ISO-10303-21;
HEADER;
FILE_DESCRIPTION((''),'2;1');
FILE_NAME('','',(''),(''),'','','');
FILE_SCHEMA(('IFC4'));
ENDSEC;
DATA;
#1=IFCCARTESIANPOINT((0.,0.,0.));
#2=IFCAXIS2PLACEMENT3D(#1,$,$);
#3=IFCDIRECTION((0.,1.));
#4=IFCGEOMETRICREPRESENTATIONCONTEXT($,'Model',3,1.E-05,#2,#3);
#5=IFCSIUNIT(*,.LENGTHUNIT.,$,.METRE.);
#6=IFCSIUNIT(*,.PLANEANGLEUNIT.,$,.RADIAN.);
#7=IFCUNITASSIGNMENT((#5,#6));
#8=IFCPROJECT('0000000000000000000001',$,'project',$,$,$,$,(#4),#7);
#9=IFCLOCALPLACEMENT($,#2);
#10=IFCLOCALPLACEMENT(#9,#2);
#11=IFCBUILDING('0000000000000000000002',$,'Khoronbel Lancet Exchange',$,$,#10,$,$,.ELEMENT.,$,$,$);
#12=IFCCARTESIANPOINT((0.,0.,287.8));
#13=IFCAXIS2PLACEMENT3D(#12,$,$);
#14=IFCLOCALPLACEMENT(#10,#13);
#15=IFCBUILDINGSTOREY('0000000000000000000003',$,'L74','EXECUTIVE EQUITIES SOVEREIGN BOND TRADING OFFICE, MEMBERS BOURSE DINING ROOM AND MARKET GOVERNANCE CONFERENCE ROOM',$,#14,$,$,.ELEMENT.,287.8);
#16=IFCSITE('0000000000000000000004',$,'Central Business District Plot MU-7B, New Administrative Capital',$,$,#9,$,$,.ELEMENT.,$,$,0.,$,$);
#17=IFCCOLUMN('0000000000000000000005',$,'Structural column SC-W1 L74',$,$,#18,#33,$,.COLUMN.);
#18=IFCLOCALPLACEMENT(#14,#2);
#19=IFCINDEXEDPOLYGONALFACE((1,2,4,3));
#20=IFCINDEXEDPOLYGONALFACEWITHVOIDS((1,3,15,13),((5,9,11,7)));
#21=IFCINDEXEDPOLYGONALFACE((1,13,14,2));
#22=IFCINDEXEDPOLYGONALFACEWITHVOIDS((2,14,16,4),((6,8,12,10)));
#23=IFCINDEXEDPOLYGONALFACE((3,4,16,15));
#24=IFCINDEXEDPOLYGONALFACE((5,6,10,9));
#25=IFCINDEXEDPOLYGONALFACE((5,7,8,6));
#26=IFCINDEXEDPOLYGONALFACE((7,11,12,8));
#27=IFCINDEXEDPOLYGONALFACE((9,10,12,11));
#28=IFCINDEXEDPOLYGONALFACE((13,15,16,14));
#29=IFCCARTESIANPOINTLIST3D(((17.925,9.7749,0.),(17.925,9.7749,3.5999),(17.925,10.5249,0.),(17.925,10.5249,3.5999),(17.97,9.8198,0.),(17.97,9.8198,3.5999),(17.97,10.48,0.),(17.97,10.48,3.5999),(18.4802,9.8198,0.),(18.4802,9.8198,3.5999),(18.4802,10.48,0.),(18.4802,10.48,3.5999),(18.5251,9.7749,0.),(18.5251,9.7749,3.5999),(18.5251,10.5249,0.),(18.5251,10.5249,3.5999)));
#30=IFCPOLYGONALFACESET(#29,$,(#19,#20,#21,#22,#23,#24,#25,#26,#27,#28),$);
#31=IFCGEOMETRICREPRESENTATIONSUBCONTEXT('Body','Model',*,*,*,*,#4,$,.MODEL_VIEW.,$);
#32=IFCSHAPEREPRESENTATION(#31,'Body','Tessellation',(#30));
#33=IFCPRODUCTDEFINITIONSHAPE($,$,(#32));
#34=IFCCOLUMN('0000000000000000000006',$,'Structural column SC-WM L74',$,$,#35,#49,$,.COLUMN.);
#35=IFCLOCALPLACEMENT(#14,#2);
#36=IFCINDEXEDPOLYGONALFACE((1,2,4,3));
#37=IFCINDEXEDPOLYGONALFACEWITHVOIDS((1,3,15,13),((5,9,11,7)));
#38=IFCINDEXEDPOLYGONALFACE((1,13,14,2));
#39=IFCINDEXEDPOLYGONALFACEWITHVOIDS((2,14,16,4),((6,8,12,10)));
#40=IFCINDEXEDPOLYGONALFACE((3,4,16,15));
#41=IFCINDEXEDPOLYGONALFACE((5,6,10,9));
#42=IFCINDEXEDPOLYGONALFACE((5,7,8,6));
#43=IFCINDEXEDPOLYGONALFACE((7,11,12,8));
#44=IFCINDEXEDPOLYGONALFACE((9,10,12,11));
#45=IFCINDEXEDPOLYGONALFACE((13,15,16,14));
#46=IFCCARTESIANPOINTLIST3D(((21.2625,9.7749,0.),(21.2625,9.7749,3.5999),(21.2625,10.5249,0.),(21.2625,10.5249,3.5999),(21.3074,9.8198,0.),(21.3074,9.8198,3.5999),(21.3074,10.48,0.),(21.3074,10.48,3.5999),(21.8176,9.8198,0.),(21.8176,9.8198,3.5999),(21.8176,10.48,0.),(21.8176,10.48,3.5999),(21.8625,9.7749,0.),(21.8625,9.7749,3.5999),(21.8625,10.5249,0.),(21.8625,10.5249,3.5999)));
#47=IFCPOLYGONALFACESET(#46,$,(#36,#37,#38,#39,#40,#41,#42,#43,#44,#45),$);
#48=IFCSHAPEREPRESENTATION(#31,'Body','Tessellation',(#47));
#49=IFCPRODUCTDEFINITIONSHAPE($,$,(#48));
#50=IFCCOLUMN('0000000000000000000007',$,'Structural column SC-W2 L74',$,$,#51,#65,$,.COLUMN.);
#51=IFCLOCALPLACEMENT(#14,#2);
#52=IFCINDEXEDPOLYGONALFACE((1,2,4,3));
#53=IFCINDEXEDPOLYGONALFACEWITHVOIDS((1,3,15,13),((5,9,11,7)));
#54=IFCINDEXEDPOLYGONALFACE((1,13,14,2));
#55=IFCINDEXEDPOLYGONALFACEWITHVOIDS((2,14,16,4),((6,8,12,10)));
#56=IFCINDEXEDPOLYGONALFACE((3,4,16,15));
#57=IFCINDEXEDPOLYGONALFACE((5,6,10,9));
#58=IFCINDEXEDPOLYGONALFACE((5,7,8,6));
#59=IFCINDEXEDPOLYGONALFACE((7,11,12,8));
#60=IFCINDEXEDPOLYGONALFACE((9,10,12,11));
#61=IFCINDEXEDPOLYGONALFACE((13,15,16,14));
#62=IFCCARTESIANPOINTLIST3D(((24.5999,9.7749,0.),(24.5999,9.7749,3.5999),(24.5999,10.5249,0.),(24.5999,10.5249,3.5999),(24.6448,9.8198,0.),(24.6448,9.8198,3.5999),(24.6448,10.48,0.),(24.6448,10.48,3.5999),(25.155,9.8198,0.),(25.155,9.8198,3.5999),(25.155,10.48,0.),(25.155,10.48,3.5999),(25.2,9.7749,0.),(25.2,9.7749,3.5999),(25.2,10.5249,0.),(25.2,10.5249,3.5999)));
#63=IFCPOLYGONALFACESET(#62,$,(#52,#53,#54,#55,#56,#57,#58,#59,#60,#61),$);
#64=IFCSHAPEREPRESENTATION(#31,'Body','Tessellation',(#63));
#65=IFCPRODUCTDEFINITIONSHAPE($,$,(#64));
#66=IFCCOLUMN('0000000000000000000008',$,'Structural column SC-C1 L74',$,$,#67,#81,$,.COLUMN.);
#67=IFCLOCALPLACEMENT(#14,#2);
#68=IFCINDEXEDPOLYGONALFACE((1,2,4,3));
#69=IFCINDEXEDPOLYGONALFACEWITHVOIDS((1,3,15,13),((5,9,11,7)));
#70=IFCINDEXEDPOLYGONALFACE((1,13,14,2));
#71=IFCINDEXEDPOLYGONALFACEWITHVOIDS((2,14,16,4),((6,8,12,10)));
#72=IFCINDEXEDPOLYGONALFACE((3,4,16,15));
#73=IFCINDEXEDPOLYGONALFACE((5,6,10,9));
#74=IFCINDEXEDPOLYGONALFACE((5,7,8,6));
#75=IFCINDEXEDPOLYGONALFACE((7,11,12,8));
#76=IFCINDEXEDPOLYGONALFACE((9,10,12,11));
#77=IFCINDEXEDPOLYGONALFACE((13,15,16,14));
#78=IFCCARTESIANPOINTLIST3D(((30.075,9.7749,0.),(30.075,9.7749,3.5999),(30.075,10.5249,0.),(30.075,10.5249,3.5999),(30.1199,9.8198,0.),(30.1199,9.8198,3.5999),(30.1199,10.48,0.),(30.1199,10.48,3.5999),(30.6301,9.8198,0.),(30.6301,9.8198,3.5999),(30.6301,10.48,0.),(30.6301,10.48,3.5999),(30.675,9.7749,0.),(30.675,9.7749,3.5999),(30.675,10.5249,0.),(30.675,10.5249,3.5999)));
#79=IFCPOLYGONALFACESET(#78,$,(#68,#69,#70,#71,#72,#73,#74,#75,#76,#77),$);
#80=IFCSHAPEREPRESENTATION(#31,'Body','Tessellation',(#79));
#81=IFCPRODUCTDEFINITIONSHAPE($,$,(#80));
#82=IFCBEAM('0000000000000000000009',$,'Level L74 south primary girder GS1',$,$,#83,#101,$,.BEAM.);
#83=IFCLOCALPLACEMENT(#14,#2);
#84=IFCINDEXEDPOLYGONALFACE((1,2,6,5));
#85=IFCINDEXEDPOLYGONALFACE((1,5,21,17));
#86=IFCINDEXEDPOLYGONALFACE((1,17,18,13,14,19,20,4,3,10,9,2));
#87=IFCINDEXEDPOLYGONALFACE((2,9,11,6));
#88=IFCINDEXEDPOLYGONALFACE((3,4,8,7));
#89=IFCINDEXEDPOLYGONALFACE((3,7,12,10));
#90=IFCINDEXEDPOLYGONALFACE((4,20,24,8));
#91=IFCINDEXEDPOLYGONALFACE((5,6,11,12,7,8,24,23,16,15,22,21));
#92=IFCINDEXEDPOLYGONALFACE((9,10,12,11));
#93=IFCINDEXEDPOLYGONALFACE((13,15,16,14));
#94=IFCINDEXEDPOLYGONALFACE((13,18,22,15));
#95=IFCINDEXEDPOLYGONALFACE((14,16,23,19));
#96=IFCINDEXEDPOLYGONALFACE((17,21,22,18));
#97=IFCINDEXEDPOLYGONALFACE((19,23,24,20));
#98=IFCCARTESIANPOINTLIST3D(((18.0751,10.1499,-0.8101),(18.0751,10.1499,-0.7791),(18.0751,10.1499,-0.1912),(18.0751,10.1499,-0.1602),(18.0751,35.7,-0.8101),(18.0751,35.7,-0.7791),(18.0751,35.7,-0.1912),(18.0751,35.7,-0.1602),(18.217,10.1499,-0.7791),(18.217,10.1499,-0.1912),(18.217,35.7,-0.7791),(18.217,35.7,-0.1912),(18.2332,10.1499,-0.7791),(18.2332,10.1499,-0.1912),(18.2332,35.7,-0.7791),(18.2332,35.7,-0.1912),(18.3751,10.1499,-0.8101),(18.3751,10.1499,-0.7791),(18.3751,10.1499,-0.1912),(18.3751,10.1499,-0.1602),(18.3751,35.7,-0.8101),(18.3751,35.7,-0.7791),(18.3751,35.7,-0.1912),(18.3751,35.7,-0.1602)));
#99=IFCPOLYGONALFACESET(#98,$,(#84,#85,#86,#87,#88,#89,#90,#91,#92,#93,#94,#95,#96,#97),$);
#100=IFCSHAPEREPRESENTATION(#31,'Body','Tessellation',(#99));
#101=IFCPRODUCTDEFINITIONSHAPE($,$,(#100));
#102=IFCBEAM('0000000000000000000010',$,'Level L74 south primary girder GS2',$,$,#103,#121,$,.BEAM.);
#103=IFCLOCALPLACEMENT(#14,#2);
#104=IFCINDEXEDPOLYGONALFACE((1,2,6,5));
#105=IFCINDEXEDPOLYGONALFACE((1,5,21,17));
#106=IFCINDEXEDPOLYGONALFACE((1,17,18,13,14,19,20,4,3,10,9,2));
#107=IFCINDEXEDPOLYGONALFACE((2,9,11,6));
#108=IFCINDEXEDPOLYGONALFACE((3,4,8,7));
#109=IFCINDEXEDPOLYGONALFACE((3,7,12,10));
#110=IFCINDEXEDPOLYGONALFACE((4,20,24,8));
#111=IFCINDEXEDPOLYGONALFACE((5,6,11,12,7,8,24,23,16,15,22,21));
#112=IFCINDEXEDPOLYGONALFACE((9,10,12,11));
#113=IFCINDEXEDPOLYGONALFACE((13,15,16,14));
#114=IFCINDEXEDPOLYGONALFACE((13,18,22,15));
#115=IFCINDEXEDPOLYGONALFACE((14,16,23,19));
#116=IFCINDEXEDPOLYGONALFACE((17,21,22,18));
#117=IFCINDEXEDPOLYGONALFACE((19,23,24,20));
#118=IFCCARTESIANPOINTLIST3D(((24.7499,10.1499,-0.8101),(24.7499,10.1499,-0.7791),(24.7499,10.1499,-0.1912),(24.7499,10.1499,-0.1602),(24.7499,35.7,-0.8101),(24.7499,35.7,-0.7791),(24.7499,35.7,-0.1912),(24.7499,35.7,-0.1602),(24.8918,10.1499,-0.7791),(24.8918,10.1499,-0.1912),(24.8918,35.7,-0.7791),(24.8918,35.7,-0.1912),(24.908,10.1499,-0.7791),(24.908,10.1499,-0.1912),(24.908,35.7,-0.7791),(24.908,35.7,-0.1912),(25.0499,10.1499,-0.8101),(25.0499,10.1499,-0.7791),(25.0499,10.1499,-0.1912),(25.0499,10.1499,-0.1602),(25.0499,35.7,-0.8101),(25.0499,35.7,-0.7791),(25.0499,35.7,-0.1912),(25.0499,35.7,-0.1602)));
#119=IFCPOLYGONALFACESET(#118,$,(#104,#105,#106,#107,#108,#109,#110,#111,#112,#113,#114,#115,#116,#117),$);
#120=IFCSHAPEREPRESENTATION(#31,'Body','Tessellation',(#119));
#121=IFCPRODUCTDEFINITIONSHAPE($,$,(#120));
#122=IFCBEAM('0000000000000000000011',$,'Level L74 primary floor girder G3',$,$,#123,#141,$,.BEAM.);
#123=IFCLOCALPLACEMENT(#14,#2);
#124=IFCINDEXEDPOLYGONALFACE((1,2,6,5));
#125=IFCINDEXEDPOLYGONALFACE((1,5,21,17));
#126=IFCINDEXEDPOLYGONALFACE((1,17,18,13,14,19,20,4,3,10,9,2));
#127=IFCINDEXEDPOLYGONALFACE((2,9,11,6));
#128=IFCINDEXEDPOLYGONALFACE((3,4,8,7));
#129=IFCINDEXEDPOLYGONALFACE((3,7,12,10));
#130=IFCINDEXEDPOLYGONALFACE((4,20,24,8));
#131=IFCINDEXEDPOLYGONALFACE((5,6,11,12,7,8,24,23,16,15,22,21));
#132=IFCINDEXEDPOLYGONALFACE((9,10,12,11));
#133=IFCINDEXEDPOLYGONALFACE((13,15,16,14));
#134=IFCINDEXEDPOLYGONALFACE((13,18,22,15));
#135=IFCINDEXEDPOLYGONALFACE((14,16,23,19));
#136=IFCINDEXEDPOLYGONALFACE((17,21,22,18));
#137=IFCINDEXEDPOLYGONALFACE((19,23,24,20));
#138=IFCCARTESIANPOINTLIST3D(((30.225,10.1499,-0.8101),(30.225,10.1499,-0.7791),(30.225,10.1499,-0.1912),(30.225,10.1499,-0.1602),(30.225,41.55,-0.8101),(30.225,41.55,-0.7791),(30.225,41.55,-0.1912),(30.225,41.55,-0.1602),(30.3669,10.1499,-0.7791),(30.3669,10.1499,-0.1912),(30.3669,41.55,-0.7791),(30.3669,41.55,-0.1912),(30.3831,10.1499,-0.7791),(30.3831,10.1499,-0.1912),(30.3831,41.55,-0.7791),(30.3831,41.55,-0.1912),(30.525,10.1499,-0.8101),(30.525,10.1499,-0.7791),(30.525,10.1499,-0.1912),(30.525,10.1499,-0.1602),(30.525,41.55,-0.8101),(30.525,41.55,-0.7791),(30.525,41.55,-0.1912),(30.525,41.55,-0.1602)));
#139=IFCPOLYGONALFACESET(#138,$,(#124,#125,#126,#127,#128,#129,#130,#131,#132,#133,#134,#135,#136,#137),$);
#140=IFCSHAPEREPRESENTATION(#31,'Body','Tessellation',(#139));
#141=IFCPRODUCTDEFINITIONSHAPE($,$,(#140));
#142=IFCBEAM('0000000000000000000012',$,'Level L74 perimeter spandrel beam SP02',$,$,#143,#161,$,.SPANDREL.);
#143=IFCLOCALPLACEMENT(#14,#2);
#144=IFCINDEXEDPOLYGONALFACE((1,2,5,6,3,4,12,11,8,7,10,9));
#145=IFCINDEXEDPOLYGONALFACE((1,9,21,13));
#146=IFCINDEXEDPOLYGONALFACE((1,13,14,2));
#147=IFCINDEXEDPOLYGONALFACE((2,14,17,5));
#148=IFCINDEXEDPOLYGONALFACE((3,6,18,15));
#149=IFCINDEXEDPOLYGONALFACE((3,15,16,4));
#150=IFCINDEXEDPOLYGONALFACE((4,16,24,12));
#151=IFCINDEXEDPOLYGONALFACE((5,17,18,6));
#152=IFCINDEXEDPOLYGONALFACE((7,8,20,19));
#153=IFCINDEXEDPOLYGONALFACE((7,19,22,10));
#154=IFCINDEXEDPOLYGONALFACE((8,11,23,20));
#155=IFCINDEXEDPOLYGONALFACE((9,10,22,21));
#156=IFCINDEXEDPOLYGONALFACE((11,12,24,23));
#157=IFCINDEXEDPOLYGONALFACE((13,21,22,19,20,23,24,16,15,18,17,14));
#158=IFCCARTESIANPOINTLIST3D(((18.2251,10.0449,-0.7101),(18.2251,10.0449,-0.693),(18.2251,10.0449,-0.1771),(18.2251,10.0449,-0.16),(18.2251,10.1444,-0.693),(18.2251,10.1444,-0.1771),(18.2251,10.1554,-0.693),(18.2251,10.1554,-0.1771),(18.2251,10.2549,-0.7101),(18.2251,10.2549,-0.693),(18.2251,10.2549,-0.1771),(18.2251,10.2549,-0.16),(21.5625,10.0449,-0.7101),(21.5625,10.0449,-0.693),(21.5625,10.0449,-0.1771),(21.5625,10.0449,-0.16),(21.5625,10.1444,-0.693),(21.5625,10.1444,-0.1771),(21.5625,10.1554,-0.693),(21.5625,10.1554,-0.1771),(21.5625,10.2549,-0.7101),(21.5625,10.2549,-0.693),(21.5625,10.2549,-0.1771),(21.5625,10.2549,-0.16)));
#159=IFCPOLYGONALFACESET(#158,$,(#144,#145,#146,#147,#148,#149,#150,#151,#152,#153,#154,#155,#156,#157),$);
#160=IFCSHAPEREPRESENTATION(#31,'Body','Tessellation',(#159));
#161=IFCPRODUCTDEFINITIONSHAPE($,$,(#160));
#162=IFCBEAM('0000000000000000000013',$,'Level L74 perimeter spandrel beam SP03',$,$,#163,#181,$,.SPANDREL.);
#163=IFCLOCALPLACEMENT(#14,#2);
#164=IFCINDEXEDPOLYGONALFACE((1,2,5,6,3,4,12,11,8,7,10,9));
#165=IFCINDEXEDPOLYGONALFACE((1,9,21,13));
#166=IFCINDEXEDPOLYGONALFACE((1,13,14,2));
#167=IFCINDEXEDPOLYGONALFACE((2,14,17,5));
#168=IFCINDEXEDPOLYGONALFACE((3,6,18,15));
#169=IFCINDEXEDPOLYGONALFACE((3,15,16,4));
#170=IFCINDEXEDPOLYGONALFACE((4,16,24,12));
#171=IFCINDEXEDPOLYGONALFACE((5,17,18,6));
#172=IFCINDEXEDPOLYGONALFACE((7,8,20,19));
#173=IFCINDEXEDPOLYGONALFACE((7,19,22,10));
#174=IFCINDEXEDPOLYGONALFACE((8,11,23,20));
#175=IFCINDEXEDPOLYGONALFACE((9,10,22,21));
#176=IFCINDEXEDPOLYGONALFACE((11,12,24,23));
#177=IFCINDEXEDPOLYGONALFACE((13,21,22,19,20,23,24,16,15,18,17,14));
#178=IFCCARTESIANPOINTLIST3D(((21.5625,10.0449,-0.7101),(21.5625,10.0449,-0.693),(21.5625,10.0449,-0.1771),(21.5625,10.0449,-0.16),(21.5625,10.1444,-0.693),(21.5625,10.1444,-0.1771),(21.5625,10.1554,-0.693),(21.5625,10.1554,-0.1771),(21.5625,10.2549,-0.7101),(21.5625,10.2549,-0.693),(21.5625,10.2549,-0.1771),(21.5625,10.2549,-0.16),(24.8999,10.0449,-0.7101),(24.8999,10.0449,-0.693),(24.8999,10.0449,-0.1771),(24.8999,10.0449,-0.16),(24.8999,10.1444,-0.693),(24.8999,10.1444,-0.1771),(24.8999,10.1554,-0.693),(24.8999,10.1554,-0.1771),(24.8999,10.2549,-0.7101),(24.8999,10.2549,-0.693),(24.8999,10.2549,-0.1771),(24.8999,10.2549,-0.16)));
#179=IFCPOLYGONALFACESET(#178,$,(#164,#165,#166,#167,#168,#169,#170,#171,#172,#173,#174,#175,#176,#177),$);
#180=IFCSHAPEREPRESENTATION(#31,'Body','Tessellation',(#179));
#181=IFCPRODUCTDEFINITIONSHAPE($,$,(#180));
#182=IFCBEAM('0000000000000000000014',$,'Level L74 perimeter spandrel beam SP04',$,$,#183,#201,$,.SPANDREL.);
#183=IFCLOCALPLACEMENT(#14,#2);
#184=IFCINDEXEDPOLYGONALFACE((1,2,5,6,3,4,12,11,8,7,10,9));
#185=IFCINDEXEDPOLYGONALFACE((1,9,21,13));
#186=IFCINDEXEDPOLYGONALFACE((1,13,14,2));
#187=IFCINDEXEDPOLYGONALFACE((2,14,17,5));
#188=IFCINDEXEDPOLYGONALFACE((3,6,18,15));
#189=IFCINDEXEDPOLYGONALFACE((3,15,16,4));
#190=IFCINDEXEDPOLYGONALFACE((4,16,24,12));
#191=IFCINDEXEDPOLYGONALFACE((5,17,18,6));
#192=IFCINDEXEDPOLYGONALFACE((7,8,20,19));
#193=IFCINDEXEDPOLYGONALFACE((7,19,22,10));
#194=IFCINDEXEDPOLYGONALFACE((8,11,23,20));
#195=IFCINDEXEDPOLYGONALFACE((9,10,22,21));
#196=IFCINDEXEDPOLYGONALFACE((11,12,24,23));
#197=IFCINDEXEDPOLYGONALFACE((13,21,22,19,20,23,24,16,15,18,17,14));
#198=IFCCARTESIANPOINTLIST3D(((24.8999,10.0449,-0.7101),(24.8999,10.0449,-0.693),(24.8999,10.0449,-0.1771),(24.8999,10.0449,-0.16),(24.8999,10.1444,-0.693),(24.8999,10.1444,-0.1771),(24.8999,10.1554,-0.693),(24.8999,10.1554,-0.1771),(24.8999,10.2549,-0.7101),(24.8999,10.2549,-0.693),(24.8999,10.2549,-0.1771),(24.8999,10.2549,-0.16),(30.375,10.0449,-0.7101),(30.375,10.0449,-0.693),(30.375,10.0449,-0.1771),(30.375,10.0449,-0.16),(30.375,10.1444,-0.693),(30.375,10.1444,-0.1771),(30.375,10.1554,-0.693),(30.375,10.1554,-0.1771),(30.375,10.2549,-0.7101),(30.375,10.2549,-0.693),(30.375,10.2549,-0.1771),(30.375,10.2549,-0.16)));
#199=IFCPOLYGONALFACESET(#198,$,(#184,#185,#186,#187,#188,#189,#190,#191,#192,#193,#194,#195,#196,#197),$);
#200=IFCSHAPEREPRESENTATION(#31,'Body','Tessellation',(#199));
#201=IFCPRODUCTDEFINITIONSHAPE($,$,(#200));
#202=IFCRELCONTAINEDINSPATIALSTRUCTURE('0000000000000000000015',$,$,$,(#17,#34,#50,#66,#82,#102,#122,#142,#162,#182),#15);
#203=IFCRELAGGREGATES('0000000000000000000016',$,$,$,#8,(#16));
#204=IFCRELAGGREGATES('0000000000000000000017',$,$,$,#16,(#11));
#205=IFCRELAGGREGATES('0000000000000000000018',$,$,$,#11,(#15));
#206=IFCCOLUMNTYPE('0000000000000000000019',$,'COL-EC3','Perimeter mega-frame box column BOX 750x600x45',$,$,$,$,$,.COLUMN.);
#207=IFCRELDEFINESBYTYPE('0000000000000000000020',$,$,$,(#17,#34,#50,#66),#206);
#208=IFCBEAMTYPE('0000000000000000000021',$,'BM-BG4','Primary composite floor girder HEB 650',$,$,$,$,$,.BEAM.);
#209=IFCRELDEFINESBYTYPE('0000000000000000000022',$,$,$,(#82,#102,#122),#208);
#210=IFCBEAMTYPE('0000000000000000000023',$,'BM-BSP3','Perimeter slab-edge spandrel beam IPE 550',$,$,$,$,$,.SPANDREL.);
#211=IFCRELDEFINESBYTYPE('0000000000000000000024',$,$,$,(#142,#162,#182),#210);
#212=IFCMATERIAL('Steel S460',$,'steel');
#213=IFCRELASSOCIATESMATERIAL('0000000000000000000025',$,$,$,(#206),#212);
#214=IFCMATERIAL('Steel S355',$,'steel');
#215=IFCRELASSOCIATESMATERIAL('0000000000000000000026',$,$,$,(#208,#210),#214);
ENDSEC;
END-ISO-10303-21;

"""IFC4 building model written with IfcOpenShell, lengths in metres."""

from ifc_helpers import new_model, si_unit, direction, frame, origin, origin_2d, place, context, subcontext, project, spatial, hollow_rectangle, i_section, extrude, material, material_profile, profile_set, type_object, element, save


model = new_model("IFC4")

# Units and contexts
model_context = context("Model", 3, precision=1e-05, world=origin(), true_north=direction((0.0, 1.0)))
body_context = subcontext(model_context, "Body", "Model", "MODEL_VIEW")
ifc_project = project(units=[si_unit("LENGTHUNIT", "METRE"), si_unit("PLANEANGLEUNIT", "RADIAN")], contexts=[model_context])

# Site, building, storey
site_placement = place(None, origin())
site = spatial("IfcSite", under=ifc_project, at=site_placement, Name="Central Business District Plot MU-7B, New Administrative Capital", CompositionType="ELEMENT", RefElevation=0.0)
building_placement = place(site_placement, origin())
building = spatial("IfcBuilding", under=site, at=building_placement, Name="Khoronbel Lancet Exchange", CompositionType="ELEMENT")
storey_placement = place(building_placement, frame((0.0, 0.0, 287.8)))
storey = spatial("IfcBuildingStorey", under=building, at=storey_placement, Name="L74", Description="EXECUTIVE EQUITIES SOVEREIGN BOND TRADING OFFICE, MEMBERS BOURSE DINING ROOM AND MARKET GOVERNANCE CONFERENCE ROOM", CompositionType="ELEMENT", Elevation=287.8)

# Columns
ifc_material_1 = material(Name="Steel S460", Category="steel")
ifc_material_profile_1 = material_profile(ifc_material_1, hollow_rectangle(XDim=0.6001, YDim=0.75, WallThickness=0.0449, at=origin_2d()), Name="BOX 750x600x45")
ifc_profile_set_1 = profile_set([ifc_material_profile_1], Name="Steel S460")
column_type = type_object("IfcColumnType", Name="COL-EC3", Description="Perimeter mega-frame box column BOX 750x600x45", PredefinedType="COLUMN", material=ifc_profile_set_1)
for number, where, z_axis, x_axis, name in (
    (1, (18.2251, 10.1499, 0.0), (0.0, 0.0, 1.0), (1.0, 0.0, 0.0), "Structural column SC-W1 L74"),
    (2, (21.5625, 10.1499, 0.0), (0.0, 0.0, 1.0), (1.0, 0.0, 0.0), "Structural column SC-WM L74"),
    (3, (24.8999, 10.1499, 0.0), (0.0, 0.0, 1.0), (1.0, 0.0, 0.0), "Structural column SC-W2 L74"),
    (4, (30.375, 10.1499, 0.0), (0.0, 0.0, 1.0), (1.0, 0.0, 0.0), "Structural column SC-C1 L74"),
):
    element("IfcColumn", number, at=place(storey_placement, frame(where, z_axis=z_axis, x_axis=x_axis)), inside=storey, type_object=column_type, Name=name, PredefinedType="COLUMN", context=body_context, shape_type="SweptSolid", body=[
        extrude(hollow_rectangle(XDim=0.6001, YDim=0.75, WallThickness=0.0449, at=origin_2d()), origin(), (0.0, 0.0, 1.0), 3.5999),
    ])

# Beams
ifc_material_2 = material(Name="Steel S355", Category="steel")
ifc_material_profile_2 = material_profile(ifc_material_2, i_section(OverallWidth=0.3, OverallDepth=0.6499, WebThickness=0.0161, FlangeThickness=0.031, at=origin_2d()), Name="HEB 650")
ifc_profile_set_2 = profile_set([ifc_material_profile_2], Name="Steel S355")
beam_type_1 = type_object("IfcBeamType", Name="BM-BG4", Description="Primary composite floor girder HEB 650", PredefinedType="BEAM", material=ifc_profile_set_2)
for number, where, z_axis, x_axis, name in (
    (5, (18.2251, 10.1499, -0.4851), (0.0, 1.0, 0.0), (-1.0, 0.0, 0.0), "Level L74 south primary girder GS1"),
    (6, (24.8999, 10.1499, -0.4851), (0.0, 1.0, 0.0), (-1.0, 0.0, 0.0), "Level L74 south primary girder GS2"),
):
    element("IfcBeam", number, at=place(storey_placement, frame(where, z_axis=z_axis, x_axis=x_axis)), inside=storey, type_object=beam_type_1, Name=name, PredefinedType="BEAM", context=body_context, shape_type="SweptSolid", body=[
        extrude(i_section(OverallWidth=0.3, OverallDepth=0.6499, WebThickness=0.0161, FlangeThickness=0.031, at=origin_2d()), origin(), (0.0, 0.0, 1.0), 25.55),
    ])
beam_1_placement = place(storey_placement, frame((30.375, 10.1499, -0.4851), z_axis=(0.0, 1.0, 0.0), x_axis=(-1.0, 0.0, 0.0)))
element("IfcBeam", 7, at=beam_1_placement, inside=storey, type_object=beam_type_1, Name="Level L74 primary floor girder G3", PredefinedType="BEAM", context=body_context, shape_type="SweptSolid", body=[
    extrude(i_section(OverallWidth=0.3, OverallDepth=0.6499, WebThickness=0.0161, FlangeThickness=0.031, at=origin_2d()), origin(), (0.0, 0.0, 1.0), 31.4001),
])
ifc_material_profile_3 = material_profile(ifc_material_2, i_section(OverallWidth=0.21, OverallDepth=0.55, WebThickness=0.011, FlangeThickness=0.0171, at=origin_2d()), Name="IPE 550")
ifc_profile_set_3 = profile_set([ifc_material_profile_3], Name="Steel S355")
beam_type_2 = type_object("IfcBeamType", Name="BM-BSP3", Description="Perimeter slab-edge spandrel beam IPE 550", PredefinedType="SPANDREL", material=ifc_profile_set_3)
for number, where, z_axis, x_axis, name in (
    (8, (18.2251, 10.1499, -0.4351), (1.0, 0.0, 0.0), (0.0, 1.0, 0.0), "Level L74 perimeter spandrel beam SP02"),
    (9, (21.5625, 10.1499, -0.4351), (1.0, 0.0, 0.0), (0.0, 1.0, 0.0), "Level L74 perimeter spandrel beam SP03"),
):
    element("IfcBeam", number, at=place(storey_placement, frame(where, z_axis=z_axis, x_axis=x_axis)), inside=storey, type_object=beam_type_2, Name=name, PredefinedType="SPANDREL", context=body_context, shape_type="SweptSolid", body=[
        extrude(i_section(OverallWidth=0.21, OverallDepth=0.55, WebThickness=0.011, FlangeThickness=0.0171, at=origin_2d()), origin(), (0.0, 0.0, 1.0), 3.3374),
    ])
beam_2_placement = place(storey_placement, frame((24.8999, 10.1499, -0.4351), z_axis=(1.0, 0.0, 0.0), x_axis=(0.0, 1.0, 0.0)))
element("IfcBeam", 10, at=beam_2_placement, inside=storey, type_object=beam_type_2, Name="Level L74 perimeter spandrel beam SP04", PredefinedType="SPANDREL", context=body_context, shape_type="SweptSolid", body=[
    extrude(i_section(OverallWidth=0.21, OverallDepth=0.55, WebThickness=0.011, FlangeThickness=0.0171, at=origin_2d()), origin(), (0.0, 0.0, 1.0), 5.4751),
])

save(model, "model.ifc")
